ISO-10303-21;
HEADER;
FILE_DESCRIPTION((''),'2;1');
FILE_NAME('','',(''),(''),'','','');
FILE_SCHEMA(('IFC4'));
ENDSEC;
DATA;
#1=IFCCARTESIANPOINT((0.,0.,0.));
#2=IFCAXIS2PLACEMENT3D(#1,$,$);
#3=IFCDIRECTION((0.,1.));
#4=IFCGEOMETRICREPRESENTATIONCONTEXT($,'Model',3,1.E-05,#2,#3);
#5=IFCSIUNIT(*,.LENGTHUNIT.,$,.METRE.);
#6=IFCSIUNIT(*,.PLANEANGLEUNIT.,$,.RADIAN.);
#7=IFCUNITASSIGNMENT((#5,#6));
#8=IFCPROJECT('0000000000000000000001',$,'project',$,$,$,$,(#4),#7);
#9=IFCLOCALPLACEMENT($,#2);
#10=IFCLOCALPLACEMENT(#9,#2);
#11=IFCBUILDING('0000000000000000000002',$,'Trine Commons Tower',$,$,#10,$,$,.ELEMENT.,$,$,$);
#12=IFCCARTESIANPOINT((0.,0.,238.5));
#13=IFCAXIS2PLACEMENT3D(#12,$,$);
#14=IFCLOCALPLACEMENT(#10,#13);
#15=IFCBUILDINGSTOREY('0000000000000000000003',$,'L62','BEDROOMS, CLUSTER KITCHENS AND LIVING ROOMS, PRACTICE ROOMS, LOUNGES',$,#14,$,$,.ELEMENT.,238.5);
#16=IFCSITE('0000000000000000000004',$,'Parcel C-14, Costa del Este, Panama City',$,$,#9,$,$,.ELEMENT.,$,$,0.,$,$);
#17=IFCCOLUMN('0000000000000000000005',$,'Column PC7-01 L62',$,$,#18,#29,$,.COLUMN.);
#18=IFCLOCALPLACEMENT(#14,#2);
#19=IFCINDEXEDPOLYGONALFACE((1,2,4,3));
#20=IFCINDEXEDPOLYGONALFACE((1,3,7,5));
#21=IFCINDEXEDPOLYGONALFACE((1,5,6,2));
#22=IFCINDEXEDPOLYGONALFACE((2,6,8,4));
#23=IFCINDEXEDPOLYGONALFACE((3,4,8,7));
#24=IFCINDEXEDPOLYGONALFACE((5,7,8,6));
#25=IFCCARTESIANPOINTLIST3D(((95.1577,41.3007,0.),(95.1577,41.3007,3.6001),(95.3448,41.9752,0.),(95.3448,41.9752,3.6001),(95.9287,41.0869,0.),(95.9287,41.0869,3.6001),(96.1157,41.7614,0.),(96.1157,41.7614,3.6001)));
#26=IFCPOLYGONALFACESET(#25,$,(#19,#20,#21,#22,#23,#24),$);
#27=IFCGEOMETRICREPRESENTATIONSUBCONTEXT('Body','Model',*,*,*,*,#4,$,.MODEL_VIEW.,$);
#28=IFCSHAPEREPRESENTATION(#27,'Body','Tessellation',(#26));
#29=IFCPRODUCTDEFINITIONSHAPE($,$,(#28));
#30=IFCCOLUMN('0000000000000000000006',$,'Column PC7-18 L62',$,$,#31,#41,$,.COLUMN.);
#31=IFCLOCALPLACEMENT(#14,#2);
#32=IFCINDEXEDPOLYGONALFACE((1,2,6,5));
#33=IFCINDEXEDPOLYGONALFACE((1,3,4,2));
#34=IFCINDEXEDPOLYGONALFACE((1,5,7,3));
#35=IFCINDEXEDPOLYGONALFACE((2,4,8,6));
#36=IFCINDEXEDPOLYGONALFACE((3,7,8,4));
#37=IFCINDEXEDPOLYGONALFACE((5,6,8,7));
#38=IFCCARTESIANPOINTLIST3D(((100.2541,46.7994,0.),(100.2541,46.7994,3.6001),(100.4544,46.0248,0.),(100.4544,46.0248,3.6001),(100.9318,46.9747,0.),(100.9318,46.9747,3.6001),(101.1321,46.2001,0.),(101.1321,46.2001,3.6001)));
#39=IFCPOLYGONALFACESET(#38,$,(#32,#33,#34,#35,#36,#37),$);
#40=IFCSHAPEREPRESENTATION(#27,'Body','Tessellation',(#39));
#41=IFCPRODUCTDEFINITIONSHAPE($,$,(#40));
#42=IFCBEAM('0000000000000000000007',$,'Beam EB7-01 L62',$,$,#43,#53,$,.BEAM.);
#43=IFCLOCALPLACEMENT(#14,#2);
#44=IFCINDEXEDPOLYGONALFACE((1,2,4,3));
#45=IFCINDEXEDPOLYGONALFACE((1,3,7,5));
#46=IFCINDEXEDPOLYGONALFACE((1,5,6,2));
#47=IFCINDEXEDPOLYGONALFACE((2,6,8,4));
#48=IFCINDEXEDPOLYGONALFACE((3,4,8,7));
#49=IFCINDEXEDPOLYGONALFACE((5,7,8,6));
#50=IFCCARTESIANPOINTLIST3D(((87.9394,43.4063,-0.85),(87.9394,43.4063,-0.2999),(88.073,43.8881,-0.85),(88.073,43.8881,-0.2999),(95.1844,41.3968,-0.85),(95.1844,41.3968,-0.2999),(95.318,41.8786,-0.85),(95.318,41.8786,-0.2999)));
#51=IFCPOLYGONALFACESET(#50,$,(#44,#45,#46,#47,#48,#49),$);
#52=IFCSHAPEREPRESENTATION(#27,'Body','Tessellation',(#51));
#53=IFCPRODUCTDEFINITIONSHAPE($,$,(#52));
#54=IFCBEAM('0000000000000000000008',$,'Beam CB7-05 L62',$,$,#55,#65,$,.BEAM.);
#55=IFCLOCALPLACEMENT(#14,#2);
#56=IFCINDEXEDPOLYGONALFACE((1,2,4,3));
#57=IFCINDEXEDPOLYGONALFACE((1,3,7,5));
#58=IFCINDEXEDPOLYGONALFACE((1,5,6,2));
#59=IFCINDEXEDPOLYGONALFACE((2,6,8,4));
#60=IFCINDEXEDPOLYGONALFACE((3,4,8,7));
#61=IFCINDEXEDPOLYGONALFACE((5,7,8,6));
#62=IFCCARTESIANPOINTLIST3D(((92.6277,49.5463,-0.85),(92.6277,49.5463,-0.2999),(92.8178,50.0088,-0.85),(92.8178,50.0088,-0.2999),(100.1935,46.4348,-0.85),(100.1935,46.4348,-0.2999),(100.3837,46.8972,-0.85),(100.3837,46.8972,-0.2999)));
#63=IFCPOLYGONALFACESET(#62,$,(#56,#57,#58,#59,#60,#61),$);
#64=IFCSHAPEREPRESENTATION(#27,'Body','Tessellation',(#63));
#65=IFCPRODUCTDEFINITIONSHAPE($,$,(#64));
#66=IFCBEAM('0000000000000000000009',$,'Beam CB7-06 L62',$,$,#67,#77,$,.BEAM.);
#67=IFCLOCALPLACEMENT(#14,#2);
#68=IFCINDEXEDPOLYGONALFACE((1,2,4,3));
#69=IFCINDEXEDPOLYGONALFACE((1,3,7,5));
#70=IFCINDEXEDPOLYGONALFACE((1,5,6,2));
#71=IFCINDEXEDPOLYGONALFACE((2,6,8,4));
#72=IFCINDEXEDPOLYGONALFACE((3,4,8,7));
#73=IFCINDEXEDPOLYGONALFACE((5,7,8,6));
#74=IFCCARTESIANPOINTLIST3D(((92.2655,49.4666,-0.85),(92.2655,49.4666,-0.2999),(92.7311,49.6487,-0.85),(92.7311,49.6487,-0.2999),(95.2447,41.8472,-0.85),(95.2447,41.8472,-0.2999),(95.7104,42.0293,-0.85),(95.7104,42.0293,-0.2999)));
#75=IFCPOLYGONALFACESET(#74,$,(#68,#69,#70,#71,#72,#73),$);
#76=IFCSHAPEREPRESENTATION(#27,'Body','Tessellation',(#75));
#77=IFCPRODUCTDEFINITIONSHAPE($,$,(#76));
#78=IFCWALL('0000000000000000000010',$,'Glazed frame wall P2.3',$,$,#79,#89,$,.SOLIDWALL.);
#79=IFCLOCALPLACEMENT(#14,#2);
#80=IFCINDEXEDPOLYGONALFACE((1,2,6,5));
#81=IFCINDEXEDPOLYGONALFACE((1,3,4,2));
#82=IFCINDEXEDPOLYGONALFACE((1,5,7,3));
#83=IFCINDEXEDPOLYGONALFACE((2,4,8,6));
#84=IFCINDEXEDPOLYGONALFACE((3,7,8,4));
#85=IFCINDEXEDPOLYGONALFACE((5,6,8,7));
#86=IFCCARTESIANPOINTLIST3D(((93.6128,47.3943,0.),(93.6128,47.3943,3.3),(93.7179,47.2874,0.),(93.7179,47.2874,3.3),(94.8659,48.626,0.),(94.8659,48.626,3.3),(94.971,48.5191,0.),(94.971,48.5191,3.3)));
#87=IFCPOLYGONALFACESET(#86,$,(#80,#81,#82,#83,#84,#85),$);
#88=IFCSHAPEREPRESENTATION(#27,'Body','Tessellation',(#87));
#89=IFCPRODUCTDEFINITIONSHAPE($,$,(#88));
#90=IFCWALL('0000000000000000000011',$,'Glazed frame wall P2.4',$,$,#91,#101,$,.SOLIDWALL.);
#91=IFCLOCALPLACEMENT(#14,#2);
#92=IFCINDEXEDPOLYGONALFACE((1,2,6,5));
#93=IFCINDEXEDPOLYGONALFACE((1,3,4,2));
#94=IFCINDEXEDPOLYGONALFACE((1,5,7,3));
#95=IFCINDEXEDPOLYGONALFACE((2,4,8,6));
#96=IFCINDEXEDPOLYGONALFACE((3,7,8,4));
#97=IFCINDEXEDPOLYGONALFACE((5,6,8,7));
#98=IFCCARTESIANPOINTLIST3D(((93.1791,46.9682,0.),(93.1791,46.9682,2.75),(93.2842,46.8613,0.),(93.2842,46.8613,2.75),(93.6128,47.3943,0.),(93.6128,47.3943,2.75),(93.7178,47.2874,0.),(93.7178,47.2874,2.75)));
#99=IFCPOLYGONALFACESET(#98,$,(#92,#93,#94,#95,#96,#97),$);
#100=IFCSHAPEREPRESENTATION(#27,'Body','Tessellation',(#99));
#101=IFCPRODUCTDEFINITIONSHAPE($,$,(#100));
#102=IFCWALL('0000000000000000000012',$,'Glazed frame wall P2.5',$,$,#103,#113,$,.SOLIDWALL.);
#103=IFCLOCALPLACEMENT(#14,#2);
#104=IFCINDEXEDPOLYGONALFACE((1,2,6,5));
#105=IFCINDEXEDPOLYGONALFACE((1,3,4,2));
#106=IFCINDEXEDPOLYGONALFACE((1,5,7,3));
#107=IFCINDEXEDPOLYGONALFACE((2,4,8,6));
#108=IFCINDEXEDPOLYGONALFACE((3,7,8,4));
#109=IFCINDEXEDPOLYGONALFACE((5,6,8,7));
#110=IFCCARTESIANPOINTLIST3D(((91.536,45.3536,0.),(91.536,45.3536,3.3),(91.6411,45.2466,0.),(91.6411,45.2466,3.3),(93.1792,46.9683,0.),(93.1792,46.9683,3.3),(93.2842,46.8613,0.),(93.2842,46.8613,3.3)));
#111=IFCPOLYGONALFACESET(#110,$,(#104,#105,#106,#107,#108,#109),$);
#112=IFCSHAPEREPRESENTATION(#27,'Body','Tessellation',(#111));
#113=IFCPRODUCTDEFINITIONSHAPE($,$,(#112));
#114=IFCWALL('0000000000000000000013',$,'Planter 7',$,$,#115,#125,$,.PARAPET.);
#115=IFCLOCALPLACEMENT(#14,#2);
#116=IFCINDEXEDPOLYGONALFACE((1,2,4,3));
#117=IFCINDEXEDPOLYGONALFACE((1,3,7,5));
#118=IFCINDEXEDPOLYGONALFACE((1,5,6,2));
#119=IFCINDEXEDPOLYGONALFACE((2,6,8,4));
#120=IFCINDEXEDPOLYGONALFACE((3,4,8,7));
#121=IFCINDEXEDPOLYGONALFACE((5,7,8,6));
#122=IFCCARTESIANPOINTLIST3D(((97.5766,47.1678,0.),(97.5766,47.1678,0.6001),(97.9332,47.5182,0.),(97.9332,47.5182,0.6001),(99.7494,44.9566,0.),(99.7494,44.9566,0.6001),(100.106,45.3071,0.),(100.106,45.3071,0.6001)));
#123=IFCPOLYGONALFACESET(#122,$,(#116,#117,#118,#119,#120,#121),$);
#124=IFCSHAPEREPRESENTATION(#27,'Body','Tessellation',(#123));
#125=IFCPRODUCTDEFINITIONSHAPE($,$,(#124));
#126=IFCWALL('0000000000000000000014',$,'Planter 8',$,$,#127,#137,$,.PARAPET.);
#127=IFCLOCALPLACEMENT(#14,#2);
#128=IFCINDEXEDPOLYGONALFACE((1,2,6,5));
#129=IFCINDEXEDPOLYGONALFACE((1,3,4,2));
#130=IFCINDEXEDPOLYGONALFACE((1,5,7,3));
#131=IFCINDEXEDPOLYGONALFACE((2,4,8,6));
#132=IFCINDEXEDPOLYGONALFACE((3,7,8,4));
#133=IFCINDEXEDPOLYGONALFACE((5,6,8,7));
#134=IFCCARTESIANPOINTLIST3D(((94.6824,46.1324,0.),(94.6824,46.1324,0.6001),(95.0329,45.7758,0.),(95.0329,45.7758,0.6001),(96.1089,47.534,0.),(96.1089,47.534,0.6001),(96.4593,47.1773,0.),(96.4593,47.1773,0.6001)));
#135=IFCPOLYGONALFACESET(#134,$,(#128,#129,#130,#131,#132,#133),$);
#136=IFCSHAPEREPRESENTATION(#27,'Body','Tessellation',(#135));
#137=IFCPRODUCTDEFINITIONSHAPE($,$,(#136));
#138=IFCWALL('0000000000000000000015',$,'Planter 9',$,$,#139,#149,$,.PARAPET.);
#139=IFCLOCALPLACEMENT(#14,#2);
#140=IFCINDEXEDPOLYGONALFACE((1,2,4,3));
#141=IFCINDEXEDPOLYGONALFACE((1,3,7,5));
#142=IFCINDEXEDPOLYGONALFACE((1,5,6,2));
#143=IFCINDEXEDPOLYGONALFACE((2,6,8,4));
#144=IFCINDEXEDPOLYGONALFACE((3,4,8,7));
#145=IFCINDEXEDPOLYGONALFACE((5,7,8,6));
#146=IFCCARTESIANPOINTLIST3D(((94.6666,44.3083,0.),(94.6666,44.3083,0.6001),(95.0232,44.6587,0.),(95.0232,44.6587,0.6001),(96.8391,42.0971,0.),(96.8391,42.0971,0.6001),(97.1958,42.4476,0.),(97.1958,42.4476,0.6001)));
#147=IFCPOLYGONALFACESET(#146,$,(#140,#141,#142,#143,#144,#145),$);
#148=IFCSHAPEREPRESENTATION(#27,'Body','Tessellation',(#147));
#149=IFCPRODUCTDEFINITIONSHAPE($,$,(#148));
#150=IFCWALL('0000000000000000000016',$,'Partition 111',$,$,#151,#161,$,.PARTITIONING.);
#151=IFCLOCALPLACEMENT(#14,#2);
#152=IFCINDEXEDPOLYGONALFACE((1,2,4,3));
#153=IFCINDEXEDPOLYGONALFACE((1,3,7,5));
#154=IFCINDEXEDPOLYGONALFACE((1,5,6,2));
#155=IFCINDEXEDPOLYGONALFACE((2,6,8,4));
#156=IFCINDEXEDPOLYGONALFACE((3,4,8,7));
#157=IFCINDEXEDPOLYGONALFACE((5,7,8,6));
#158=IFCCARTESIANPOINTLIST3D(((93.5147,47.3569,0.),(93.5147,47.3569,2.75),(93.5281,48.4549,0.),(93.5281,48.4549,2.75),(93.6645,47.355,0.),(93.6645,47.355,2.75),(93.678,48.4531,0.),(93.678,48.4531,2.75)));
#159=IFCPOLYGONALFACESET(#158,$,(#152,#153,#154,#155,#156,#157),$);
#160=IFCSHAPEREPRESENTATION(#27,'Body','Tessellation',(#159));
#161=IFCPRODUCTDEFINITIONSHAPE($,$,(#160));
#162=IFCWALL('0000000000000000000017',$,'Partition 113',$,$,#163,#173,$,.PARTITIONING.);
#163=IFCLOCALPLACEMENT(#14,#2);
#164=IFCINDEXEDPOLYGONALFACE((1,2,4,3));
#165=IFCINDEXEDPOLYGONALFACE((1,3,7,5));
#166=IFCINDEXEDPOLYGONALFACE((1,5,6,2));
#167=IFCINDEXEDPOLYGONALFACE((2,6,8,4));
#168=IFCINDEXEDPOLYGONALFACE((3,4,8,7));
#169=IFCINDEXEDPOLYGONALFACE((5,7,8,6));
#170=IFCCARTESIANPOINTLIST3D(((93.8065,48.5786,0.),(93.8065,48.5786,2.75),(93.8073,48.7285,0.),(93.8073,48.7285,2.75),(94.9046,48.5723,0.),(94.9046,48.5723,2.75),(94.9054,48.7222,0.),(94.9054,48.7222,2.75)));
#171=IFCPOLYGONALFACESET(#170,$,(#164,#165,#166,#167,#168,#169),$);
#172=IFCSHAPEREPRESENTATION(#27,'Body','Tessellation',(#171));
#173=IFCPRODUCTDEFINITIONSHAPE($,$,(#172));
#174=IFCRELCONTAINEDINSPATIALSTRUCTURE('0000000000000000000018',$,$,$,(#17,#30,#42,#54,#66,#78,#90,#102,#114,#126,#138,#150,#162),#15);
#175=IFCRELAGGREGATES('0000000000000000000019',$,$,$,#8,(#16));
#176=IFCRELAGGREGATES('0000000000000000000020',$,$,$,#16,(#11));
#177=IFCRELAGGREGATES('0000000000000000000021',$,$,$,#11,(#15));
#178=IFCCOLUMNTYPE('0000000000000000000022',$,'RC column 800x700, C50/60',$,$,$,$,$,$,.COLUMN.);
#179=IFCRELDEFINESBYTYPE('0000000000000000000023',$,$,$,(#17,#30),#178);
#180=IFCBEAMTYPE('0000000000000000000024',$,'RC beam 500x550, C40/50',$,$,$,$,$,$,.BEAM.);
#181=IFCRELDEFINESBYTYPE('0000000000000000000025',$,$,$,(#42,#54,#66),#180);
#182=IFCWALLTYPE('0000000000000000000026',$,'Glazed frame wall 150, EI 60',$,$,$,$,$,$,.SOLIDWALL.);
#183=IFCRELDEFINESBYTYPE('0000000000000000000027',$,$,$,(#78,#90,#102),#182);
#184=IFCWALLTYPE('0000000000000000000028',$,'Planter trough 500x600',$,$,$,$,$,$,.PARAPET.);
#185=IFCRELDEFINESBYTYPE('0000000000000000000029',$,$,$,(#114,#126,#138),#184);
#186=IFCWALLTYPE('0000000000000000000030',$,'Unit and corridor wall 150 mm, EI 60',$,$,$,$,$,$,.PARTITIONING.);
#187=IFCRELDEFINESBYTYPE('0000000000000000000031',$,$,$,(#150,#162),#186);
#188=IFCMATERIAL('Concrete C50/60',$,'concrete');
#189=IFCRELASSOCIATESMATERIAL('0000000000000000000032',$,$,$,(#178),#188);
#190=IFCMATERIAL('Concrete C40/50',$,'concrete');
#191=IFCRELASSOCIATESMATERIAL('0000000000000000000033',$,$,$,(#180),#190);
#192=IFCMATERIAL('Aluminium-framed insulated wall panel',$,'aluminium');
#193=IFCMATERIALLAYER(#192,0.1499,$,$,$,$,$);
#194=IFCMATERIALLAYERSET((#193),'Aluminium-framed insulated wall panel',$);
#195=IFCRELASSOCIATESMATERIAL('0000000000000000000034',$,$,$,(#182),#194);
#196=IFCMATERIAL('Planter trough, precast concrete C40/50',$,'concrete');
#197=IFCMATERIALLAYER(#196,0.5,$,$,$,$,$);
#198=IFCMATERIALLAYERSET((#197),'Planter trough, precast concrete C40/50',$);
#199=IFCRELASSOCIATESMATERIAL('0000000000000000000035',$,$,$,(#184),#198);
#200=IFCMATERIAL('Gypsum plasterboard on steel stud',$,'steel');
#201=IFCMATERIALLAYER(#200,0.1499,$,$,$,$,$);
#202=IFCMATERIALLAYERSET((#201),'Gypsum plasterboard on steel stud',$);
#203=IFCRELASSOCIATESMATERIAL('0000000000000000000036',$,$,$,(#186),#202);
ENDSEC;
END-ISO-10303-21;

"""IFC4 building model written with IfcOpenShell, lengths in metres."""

from ifc_helpers import new_model, si_unit, direction, frame, frame_2d, origin, origin_2d, place, context, subcontext, project, spatial, polyline, rectangle, outline, extrude, material, layer, layer_set, material_profile, profile_set, type_object, element, save


model = new_model("IFC4")

# Units and contexts
model_context = context("Model", 3, precision=1e-05, world=origin(), true_north=direction((0.0, 1.0)))
body_context = subcontext(model_context, "Body", "Model", "MODEL_VIEW")
ifc_project = project(units=[si_unit("LENGTHUNIT", "METRE"), si_unit("PLANEANGLEUNIT", "RADIAN")], contexts=[model_context])

# Site, building, storey
site_placement = place(None, origin())
site = spatial("IfcSite", under=ifc_project, at=site_placement, Name="Parcel C-14, Costa del Este, Panama City", CompositionType="ELEMENT", RefElevation=0.0)
building_placement = place(site_placement, origin())
building = spatial("IfcBuilding", under=site, at=building_placement, Name="Trine Commons Tower", CompositionType="ELEMENT")
storey_placement = place(building_placement, frame((0.0, 0.0, 238.5)))
storey = spatial("IfcBuildingStorey", under=building, at=storey_placement, Name="L62", Description="BEDROOMS, CLUSTER KITCHENS AND LIVING ROOMS, PRACTICE ROOMS, LOUNGES", CompositionType="ELEMENT", Elevation=238.5)

# Columns
ifc_material_1 = material(Name="Concrete C50/60", Category="concrete")
ifc_material_profile_1 = material_profile(ifc_material_1, rectangle(XDim=0.8, YDim=0.7, at=origin_2d()), Name="RC 800x700")
ifc_profile_set_1 = profile_set([ifc_material_profile_1], Name="Concrete C50/60")
column_type = type_object("IfcColumnType", Name="RC column 800x700, C50/60", PredefinedType="COLUMN", material=ifc_profile_set_1)
for number, where, z_axis, x_axis, name in (
    (1, (95.6367, 41.531, 0.0), (0.0, 0.0, 1.0), (-0.96363, 0.267238, 0.0), "Column PC7-01 L62"),
    (2, (100.6931, 46.4998, 0.0), (0.0, 0.0, 1.0), (-0.25038, 0.968148, 0.0), "Column PC7-18 L62"),
):
    element("IfcColumn", number, at=place(storey_placement, frame(where, z_axis=z_axis, x_axis=x_axis)), inside=storey, type_object=column_type, Name=name, PredefinedType="COLUMN", context=body_context, shape_type="SweptSolid", body=[
        extrude(rectangle(XDim=0.8, YDim=0.7, at=origin_2d()), origin(), (0.0, 0.0, 1.0), 3.6001),
    ])

# Beams
ifc_material_2 = material(Name="Concrete C40/50", Category="concrete")
ifc_material_profile_2 = material_profile(ifc_material_2, rectangle(XDim=0.5, YDim=0.55, at=origin_2d()), Name="RC 500x550")
ifc_profile_set_2 = profile_set([ifc_material_profile_2], Name="Concrete C40/50")
beam_type = type_object("IfcBeamType", Name="RC beam 500x550, C40/50", PredefinedType="BEAM", material=ifc_profile_set_2)
beam_1_placement = place(storey_placement, frame((95.2512, 41.6377, -0.575), z_axis=(-0.963621, 0.267272, 0.0), x_axis=(-0.267272, -0.963621, 0.0)))
element("IfcBeam", 3, at=beam_1_placement, inside=storey, type_object=beam_type, Name="Beam EB7-01 L62", PredefinedType="BEAM", context=body_context, shape_type="SweptSolid", body=[
    extrude(rectangle(XDim=0.5, YDim=0.55, at=origin_2d()), origin(), (0.0, 0.0, 1.0), 7.5186),
])
beam_2_placement = place(storey_placement, frame((100.2886, 46.666, -0.575), z_axis=(-0.924842, 0.380352, 0.0), x_axis=(-0.380352, -0.924842, 0.0)))
element("IfcBeam", 4, at=beam_2_placement, inside=storey, type_object=beam_type, Name="Beam CB7-05 L62", PredefinedType="BEAM", context=body_context, shape_type="SweptSolid", body=[
    extrude(rectangle(XDim=0.5, YDim=0.55, at=origin_2d()), origin(), (0.0, 0.0, 1.0), 8.1807),
])
beam_3_placement = place(storey_placement, frame((95.4775, 41.9382, -0.575), z_axis=(-0.364161, 0.931336, 0.0), x_axis=(-0.931336, -0.364161, 0.0)))
element("IfcBeam", 5, at=beam_3_placement, inside=storey, type_object=beam_type, Name="Beam CB7-06 L62", PredefinedType="BEAM", context=body_context, shape_type="SweptSolid", body=[
    extrude(rectangle(XDim=0.5, YDim=0.55, at=origin_2d()), origin(), (0.0, 0.0, 1.0), 8.1812),
])

# Walls
ifc_material_3 = material(Name="Aluminium-framed insulated wall panel", Category="aluminium")
ifc_layer_1 = layer(ifc_material_3, 0.1499)
ifc_layer_set_1 = layer_set([ifc_layer_1], Name="Aluminium-framed insulated wall panel")
wall_type_1 = type_object("IfcWallType", Name="Glazed frame wall 150, EI 60", PredefinedType="SOLIDWALL", material=ifc_layer_set_1)
wall_1_placement = place(storey_placement, frame((94.9185, 48.5725, 0.0), z_axis=(0.0, 0.0, 1.0), x_axis=(-0.713194, -0.700967, 0.0)))
element("IfcWall", 6, at=wall_1_placement, inside=storey, type_object=wall_type_1, Name="Glazed frame wall P2.3", PredefinedType="SOLIDWALL", context=body_context, shape_type="SweptSolid", body=[
    extrude(outline(polyline([(0.0, -0.075), (1.7571, -0.075), (1.7571, 0.075), (0.0, 0.075), (0.0, -0.075)])), origin(), (0.0, 0.0, 1.0), 3.3),
])
wall_2_placement = place(storey_placement, frame((93.6653, 47.3408, 0.0), z_axis=(0.0, 0.0, 1.0), x_axis=(-0.713305, -0.700854, 0.0)))
element("IfcWall", 7, at=wall_2_placement, inside=storey, type_object=wall_type_1, Name="Glazed frame wall P2.4", PredefinedType="SOLIDWALL", context=body_context, shape_type="SweptSolid", body=[
    extrude(outline(polyline([(0.0, -0.075), (0.6079, -0.075), (0.6079, 0.075), (0.0, 0.075), (0.0, -0.075)])), origin(), (0.0, 0.0, 1.0), 2.75),
])
wall_3_placement = place(storey_placement, frame((93.2317, 46.9148, 0.0), z_axis=(0.0, 0.0, 1.0), x_axis=(-0.713249, -0.70091, 0.0)))
element("IfcWall", 8, at=wall_3_placement, inside=storey, type_object=wall_type_1, Name="Glazed frame wall P2.5", PredefinedType="SOLIDWALL", context=body_context, shape_type="SweptSolid", body=[
    extrude(outline(polyline([(2.3037, 0.075), (0.0, 0.075), (0.0, -0.075), (2.3037, -0.075), (2.3037, 0.075)])), origin(), (0.0, 0.0, 1.0), 3.3),
])

# Walls
ifc_material_4 = material(Name="Planter trough, precast concrete C40/50", Category="concrete")
ifc_layer_2 = layer(ifc_material_4, 0.5)
ifc_layer_set_2 = layer_set([ifc_layer_2], Name="Planter trough, precast concrete C40/50")
wall_type_2 = type_object("IfcWallType", Name="Planter trough 500x600", PredefinedType="PARAPET", material=ifc_layer_set_2)
wall_4_placement = place(storey_placement, frame((99.9277, 45.1318, 0.0), z_axis=(0.0, 0.0, 1.0), x_axis=(-0.700898, 0.713262, 0.0)))
element("IfcWall", 9, at=wall_4_placement, inside=storey, type_object=wall_type_2, Name="Planter 7", PredefinedType="PARAPET", context=body_context, shape_type="SweptSolid", body=[
    extrude(rectangle(XDim=3.1001, YDim=0.5, at=frame_2d((1.55, 0.0))), origin(), (0.0, 0.0, 1.0), 0.6001),
])
wall_5_placement = place(storey_placement, frame((96.2842, 47.3557, 0.0), z_axis=(0.0, 0.0, 1.0), x_axis=(-0.713305, -0.700853, 0.0)))
element("IfcWall", 10, at=wall_5_placement, inside=storey, type_object=wall_type_2, Name="Planter 8", PredefinedType="PARAPET", context=body_context, shape_type="SweptSolid", body=[
    extrude(rectangle(XDim=1.9998, YDim=0.5, at=frame_2d((1.0, 0.0))), origin(), (0.0, 0.0, 1.0), 0.6001),
])
wall_6_placement = place(storey_placement, frame((94.845, 44.4834, 0.0), z_axis=(0.0, 0.0, 1.0), x_axis=(0.700858, -0.713301, 0.0)))
element("IfcWall", 11, at=wall_6_placement, inside=storey, type_object=wall_type_2, Name="Planter 9", PredefinedType="PARAPET", context=body_context, shape_type="SweptSolid", body=[
    extrude(rectangle(XDim=3.0999, YDim=0.5, at=frame_2d((1.5498, 0.0))), origin(), (0.0, 0.0, 1.0), 0.6001),
])
ifc_material_5 = material(Name="Gypsum plasterboard on steel stud", Category="steel")
ifc_layer_3 = layer(ifc_material_5, 0.1499)
ifc_layer_set_3 = layer_set([ifc_layer_3], Name="Gypsum plasterboard on steel stud")
wall_type_3 = type_object("IfcWallType", Name="Unit and corridor wall 150 mm, EI 60", PredefinedType="PARTITIONING", material=ifc_layer_set_3)
for number, where, z_axis, x_axis, name in (
    (12, (93.5896, 47.356, 0.0), (0.0, 0.0, 1.0), (0.012227, 0.999925, 0.0), "Partition 111"),
    (13, (93.8069, 48.6536, 0.0), (0.0, 0.0, 1.0), (0.999983, -0.00578, 0.0), "Partition 113"),
):
    element("IfcWall", number, at=place(storey_placement, frame(where, z_axis=z_axis, x_axis=x_axis)), inside=storey, type_object=wall_type_3, Name=name, PredefinedType="PARTITIONING", context=body_context, shape_type="SweptSolid", body=[
        extrude(rectangle(XDim=1.0981, YDim=0.1499, at=frame_2d((0.5491, 0.0))), origin(), (0.0, 0.0, 1.0), 2.75),
    ])

save(model, "model.ifc")
